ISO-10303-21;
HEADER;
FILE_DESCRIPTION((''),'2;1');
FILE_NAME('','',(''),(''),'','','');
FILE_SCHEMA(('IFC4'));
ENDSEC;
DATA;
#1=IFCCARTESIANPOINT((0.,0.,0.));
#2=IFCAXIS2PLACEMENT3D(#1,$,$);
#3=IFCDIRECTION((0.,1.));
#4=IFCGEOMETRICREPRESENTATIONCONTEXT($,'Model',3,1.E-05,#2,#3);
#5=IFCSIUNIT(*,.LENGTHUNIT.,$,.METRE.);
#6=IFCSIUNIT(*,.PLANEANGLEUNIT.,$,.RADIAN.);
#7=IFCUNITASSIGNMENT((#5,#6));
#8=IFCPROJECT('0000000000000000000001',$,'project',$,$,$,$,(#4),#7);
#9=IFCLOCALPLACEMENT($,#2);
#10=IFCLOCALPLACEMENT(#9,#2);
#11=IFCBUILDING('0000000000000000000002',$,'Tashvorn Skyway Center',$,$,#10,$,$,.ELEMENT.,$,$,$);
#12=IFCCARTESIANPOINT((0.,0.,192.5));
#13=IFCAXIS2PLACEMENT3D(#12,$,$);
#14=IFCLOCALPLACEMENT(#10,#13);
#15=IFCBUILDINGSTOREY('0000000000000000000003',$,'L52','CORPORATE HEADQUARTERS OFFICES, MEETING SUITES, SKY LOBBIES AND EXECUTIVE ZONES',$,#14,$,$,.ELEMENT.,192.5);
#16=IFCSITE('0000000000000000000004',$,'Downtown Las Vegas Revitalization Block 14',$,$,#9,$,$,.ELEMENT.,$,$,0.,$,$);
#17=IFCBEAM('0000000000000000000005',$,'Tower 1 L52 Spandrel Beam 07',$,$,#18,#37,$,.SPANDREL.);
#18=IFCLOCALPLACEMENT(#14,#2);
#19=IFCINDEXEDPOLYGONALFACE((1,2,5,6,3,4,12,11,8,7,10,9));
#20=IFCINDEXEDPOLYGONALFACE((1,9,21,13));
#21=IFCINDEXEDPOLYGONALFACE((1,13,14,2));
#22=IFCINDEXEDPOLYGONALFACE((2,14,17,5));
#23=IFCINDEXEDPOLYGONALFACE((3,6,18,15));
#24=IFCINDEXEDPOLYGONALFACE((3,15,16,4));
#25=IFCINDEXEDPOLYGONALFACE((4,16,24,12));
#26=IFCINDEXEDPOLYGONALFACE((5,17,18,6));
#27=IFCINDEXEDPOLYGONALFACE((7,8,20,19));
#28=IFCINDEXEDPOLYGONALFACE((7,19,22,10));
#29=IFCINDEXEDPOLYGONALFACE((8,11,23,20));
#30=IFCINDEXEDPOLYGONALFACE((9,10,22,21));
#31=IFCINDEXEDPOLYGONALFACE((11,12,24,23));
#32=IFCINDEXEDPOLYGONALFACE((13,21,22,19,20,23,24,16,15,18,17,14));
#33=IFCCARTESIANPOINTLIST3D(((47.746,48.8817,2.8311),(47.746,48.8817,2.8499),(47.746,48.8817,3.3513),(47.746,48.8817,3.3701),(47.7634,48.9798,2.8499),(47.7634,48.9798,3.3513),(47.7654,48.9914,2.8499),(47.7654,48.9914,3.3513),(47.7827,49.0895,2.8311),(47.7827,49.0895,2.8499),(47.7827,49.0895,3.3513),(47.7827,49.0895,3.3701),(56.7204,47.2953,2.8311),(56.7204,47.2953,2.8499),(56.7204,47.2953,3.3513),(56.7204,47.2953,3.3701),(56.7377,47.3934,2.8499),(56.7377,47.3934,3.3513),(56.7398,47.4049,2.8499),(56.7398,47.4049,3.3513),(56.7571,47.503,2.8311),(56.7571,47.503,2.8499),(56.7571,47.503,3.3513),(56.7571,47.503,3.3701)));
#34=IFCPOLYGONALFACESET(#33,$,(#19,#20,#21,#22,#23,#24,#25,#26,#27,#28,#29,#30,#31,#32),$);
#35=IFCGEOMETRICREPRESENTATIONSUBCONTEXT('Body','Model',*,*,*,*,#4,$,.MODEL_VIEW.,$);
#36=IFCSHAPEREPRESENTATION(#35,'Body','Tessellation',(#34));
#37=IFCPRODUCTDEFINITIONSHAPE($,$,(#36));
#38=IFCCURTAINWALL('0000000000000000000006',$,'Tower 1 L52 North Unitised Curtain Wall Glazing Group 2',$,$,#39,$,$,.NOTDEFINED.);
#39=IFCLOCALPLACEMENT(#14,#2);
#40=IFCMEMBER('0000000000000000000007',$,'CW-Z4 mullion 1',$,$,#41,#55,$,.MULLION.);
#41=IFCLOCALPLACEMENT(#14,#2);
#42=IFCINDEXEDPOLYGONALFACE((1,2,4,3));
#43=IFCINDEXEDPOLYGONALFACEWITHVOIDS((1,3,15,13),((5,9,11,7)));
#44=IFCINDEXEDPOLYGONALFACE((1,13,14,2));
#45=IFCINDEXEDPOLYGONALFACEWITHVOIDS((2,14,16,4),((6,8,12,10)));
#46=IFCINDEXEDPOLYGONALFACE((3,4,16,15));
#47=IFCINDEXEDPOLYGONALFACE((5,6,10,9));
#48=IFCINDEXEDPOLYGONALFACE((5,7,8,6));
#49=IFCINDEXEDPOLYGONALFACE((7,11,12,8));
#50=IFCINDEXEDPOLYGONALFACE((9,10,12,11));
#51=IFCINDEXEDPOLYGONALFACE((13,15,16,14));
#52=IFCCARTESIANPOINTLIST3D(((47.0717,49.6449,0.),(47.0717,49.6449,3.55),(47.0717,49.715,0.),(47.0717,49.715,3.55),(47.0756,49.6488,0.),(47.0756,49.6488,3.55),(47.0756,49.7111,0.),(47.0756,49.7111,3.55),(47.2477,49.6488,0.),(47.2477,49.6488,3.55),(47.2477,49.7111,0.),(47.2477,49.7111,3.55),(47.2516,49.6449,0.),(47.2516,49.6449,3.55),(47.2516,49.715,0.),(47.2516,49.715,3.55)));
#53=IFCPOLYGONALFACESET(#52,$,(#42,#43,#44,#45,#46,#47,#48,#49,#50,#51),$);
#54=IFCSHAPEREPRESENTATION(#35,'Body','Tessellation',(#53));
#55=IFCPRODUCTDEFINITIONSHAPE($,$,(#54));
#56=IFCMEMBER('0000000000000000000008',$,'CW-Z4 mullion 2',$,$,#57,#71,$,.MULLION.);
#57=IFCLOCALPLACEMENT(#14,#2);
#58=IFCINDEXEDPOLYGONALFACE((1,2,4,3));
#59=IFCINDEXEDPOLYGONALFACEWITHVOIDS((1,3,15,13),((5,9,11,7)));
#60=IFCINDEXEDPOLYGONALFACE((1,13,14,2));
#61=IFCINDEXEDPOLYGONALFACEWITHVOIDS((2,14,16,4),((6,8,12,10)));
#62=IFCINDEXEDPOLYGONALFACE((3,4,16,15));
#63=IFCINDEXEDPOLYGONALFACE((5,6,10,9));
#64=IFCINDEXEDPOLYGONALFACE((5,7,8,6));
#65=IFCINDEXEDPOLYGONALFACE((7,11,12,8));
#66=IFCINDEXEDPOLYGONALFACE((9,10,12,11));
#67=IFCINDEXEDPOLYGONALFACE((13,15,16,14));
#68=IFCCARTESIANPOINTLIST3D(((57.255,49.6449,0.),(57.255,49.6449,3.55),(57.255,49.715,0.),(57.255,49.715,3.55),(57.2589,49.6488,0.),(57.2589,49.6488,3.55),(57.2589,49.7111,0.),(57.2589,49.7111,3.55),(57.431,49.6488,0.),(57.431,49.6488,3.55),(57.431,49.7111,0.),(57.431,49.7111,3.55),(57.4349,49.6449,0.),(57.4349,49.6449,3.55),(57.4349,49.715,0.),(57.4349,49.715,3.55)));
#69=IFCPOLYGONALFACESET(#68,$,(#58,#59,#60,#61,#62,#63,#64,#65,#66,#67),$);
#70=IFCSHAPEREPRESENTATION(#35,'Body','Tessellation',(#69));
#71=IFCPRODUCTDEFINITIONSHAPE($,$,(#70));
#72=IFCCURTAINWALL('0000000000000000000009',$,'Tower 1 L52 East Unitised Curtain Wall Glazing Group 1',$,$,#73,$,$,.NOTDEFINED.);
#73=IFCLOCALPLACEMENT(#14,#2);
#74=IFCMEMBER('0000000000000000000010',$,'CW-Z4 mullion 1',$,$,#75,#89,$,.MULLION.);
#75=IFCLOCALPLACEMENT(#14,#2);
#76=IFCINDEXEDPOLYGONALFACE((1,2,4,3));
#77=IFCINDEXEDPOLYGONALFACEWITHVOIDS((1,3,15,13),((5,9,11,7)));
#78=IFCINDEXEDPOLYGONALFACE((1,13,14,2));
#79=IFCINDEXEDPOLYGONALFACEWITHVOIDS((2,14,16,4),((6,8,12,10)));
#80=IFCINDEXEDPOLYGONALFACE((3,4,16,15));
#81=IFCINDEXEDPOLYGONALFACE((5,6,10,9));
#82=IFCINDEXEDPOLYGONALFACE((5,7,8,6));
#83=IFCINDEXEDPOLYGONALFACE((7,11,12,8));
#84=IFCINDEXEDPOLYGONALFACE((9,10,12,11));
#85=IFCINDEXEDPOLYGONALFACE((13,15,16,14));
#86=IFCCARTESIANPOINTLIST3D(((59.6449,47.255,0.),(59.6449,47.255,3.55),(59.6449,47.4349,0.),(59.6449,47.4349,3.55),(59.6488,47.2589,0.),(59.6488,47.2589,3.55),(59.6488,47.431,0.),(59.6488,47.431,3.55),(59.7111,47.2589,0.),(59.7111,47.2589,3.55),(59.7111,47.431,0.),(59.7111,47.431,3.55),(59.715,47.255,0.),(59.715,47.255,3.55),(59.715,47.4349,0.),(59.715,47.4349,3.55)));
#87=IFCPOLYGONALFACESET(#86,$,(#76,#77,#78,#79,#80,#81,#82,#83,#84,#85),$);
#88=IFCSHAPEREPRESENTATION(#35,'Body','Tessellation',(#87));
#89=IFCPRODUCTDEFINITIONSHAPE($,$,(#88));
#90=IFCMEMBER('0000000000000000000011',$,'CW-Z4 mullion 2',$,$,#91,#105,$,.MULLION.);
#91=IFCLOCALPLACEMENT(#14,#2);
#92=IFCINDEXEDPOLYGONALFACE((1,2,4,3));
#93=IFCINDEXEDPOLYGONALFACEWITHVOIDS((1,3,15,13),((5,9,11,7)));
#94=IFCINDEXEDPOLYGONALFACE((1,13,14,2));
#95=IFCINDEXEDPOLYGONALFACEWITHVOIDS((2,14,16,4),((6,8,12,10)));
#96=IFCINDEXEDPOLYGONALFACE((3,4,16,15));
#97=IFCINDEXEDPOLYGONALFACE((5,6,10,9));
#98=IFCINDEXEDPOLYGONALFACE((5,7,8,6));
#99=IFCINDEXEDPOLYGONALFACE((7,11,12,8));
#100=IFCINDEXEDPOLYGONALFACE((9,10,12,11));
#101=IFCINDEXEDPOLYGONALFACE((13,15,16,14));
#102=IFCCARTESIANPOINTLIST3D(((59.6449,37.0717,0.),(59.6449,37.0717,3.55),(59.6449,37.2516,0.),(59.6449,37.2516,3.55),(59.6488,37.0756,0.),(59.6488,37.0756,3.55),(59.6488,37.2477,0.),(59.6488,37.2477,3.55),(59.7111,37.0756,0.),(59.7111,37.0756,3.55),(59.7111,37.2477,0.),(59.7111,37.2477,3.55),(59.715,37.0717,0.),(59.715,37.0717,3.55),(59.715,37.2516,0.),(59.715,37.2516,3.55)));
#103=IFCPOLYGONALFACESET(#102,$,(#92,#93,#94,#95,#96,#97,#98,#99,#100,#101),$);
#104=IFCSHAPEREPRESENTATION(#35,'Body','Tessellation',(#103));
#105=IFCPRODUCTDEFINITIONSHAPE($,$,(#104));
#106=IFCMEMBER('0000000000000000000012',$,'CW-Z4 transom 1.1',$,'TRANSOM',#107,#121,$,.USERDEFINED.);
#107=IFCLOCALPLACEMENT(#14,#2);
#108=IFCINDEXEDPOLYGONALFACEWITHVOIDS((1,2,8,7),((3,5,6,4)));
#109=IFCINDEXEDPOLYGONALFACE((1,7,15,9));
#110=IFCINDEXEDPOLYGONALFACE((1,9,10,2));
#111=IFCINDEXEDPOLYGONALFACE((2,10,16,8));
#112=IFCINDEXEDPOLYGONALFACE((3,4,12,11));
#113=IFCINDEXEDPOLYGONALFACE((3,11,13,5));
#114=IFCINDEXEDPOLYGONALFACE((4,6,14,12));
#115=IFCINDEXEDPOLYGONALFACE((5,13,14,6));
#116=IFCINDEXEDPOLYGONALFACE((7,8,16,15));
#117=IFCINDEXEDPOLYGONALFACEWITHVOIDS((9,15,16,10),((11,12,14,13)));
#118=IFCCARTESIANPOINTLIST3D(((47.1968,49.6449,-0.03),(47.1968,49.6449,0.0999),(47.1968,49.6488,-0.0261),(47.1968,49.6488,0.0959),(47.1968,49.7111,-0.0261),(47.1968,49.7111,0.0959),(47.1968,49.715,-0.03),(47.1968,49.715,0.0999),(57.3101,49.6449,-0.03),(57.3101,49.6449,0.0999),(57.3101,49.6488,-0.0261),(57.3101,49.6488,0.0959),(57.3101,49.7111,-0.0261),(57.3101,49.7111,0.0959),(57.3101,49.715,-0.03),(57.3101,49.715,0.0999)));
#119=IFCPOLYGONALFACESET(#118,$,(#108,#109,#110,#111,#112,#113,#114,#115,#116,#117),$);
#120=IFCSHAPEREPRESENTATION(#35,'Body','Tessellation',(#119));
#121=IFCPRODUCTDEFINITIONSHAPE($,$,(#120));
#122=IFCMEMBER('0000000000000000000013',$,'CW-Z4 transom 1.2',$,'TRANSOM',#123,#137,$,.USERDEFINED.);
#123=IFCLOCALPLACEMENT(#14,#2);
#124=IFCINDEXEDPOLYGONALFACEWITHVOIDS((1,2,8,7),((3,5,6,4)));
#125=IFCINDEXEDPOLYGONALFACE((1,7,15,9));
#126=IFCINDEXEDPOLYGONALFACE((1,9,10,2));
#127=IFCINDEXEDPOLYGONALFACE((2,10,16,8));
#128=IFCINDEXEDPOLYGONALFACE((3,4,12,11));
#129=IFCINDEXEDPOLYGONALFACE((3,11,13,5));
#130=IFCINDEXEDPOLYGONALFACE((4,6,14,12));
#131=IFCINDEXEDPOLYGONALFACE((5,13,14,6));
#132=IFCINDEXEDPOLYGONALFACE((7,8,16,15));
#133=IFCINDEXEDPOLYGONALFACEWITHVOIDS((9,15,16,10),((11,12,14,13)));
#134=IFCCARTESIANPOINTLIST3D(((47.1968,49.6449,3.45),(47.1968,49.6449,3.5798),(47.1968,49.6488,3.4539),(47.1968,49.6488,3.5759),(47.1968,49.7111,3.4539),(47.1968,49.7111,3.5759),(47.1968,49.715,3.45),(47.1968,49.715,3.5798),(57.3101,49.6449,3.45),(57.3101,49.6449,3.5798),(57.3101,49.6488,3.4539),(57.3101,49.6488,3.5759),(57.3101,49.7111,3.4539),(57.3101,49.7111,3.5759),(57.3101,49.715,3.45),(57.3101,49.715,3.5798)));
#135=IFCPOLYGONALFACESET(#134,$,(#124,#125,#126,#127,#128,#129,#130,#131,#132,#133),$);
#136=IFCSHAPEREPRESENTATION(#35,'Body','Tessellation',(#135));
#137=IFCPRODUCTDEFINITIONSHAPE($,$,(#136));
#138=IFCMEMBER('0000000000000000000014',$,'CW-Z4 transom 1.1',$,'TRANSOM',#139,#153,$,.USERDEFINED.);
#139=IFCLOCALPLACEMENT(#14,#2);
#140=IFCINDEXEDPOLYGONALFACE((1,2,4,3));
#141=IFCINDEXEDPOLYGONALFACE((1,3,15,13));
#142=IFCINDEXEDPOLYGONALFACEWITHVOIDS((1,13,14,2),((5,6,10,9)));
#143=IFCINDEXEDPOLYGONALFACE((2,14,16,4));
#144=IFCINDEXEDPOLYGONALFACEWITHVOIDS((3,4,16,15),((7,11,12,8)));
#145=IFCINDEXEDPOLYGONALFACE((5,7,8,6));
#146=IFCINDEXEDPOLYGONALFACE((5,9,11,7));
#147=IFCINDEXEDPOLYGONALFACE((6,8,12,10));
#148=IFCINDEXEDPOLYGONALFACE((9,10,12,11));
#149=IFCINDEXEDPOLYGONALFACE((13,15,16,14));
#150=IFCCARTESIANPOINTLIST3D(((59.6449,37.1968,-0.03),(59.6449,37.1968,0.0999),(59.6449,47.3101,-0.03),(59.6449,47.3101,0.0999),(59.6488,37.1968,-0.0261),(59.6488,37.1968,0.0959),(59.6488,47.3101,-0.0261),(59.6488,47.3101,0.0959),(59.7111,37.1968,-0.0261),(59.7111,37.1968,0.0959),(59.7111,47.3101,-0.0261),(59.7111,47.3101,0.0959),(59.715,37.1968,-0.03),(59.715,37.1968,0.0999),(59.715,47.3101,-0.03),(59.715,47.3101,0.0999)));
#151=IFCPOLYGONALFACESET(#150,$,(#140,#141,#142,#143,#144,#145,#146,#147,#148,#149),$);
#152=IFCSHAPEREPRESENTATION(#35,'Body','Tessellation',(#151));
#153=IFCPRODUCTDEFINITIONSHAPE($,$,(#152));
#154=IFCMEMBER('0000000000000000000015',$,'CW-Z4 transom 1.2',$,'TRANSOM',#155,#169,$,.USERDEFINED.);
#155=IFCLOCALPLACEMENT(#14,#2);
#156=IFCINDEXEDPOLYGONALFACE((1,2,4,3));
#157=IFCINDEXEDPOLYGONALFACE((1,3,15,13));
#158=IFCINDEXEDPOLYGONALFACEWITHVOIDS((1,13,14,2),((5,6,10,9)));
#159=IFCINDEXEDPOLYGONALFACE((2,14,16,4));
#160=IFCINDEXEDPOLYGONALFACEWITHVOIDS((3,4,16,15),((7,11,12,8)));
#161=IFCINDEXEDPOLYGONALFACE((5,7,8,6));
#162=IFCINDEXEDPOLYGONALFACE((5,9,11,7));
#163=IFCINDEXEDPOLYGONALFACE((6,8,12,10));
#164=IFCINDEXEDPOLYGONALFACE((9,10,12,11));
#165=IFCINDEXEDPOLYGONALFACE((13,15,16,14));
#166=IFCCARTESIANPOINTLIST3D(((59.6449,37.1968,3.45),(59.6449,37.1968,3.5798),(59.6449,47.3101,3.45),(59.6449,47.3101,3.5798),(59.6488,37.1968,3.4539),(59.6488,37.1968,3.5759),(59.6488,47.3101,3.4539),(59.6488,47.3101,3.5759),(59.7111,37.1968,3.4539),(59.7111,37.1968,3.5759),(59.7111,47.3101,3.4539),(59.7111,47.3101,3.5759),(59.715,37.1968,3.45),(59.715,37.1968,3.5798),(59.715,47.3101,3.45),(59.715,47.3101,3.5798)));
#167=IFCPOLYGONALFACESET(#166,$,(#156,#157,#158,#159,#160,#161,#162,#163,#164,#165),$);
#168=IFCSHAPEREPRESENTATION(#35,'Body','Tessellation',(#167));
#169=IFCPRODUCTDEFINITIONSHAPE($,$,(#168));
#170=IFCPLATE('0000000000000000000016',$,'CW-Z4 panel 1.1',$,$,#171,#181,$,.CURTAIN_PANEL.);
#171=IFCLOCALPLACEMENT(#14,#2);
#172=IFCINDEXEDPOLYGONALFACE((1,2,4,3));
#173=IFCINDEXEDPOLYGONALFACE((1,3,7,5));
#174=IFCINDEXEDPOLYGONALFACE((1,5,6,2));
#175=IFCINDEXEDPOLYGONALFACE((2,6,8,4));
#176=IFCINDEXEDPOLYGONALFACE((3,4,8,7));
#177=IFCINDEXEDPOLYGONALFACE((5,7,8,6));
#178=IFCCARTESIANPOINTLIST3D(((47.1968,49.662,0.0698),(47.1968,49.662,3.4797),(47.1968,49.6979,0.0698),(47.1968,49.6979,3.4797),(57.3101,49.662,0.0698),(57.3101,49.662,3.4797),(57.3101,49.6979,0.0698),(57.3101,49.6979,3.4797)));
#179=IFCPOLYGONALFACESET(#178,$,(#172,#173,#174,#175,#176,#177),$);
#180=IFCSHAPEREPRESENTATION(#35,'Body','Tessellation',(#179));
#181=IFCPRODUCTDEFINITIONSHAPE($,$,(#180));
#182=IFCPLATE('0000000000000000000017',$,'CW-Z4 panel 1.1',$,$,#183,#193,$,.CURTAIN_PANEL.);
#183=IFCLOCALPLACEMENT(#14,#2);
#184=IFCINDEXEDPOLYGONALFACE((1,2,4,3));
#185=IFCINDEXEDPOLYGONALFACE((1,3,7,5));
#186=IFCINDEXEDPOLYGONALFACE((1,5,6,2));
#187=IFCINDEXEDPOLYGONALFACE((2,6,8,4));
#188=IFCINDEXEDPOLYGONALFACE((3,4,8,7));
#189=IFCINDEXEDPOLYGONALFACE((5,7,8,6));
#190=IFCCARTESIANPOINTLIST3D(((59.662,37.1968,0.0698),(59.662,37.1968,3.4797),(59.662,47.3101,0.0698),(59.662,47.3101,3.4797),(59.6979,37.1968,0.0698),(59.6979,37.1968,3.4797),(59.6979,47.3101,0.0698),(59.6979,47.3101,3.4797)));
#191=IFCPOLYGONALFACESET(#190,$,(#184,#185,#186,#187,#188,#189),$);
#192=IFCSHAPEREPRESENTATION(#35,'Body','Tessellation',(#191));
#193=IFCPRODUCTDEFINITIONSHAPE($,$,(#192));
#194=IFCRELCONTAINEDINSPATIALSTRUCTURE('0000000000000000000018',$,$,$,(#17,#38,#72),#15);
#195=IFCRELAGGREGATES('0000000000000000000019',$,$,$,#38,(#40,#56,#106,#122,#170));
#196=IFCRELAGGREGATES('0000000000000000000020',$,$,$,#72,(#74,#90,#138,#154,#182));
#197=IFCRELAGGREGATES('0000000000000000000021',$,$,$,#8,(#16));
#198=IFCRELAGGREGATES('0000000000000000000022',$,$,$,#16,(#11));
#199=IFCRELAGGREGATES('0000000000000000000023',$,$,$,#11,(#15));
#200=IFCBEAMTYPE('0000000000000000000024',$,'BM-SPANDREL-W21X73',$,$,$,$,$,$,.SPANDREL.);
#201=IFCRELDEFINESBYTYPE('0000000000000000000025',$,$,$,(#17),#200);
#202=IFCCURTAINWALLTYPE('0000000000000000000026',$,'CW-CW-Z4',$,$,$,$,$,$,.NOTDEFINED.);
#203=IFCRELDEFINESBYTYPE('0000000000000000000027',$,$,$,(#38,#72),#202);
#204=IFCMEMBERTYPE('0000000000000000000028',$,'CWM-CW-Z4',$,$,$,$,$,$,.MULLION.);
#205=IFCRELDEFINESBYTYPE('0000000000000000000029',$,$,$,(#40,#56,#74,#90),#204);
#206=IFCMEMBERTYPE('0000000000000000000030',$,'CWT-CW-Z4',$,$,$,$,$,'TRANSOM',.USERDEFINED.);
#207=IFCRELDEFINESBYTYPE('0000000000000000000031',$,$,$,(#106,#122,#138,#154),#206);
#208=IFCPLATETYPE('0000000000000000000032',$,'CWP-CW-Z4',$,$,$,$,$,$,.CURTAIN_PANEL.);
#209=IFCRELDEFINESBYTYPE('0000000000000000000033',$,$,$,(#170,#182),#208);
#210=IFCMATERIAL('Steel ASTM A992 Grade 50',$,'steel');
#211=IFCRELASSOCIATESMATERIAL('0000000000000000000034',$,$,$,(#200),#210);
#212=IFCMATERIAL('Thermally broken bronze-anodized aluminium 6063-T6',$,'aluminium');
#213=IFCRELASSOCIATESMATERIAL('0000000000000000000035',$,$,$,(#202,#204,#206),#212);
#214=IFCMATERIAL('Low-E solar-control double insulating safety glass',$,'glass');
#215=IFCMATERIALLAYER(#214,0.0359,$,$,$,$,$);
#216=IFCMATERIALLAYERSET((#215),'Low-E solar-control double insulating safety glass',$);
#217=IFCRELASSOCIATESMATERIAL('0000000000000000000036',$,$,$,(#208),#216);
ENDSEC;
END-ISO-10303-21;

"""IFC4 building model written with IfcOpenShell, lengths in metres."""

from ifc_helpers import new_model, si_unit, direction, frame, origin, origin_2d, place, context, subcontext, project, spatial, rectangle, hollow_rectangle, i_section, extrude, material, layer, layer_set, material_profile, profile_set, type_object, element, aggregate, save


model = new_model("IFC4")

# Units and contexts
model_context = context("Model", 3, precision=1e-05, world=origin(), true_north=direction((0.0, 1.0)))
body_context = subcontext(model_context, "Body", "Model", "MODEL_VIEW")
ifc_project = project(units=[si_unit("LENGTHUNIT", "METRE"), si_unit("PLANEANGLEUNIT", "RADIAN")], contexts=[model_context])

# Site, building, storey
site_placement = place(None, origin())
site = spatial("IfcSite", under=ifc_project, at=site_placement, Name="Downtown Las Vegas Revitalization Block 14", CompositionType="ELEMENT", RefElevation=0.0)
building_placement = place(site_placement, origin())
building = spatial("IfcBuilding", under=site, at=building_placement, Name="Tashvorn Skyway Center", CompositionType="ELEMENT")
storey_placement = place(building_placement, frame((0.0, 0.0, 192.5)))
storey = spatial("IfcBuildingStorey", under=building, at=storey_placement, Name="L52", Description="CORPORATE HEADQUARTERS OFFICES, MEETING SUITES, SKY LOBBIES AND EXECUTIVE ZONES", CompositionType="ELEMENT", Elevation=192.5)

# Beam
ifc_material_1 = material(Name="Steel ASTM A992 Grade 50", Category="steel")
ifc_material_profile_1 = material_profile(ifc_material_1, i_section(OverallWidth=0.2109, OverallDepth=0.5391, WebThickness=0.0117, FlangeThickness=0.0188, at=origin_2d()), Name="W21X73")
ifc_profile_set_1 = profile_set([ifc_material_profile_1], Name="Steel ASTM A992 Grade 50")
beam_type_1 = type_object("IfcBeamType", Name="BM-SPANDREL-W21X73", PredefinedType="SPANDREL", material=ifc_profile_set_1)
for number, where, z_axis, x_axis, name in (
    (1, (56.7388, 47.3992, 3.1006), (-0.984733, 0.174074, 0.0), (-0.174074, -0.984733, 0.0), "Tower 1 L52 Spandrel Beam 07"),
):
    element("IfcBeam", number, at=place(storey_placement, frame(where, z_axis=z_axis, x_axis=x_axis)), inside=storey, type_object=beam_type_1, Name=name, PredefinedType="SPANDREL", context=body_context, shape_type="SweptSolid", body=[
        extrude(i_section(OverallWidth=0.2109, OverallDepth=0.5391, WebThickness=0.0117, FlangeThickness=0.0188, at=origin_2d()), origin(), (0.0, 0.0, 1.0), 9.1135),
    ])

# Curtain walls, members
ifc_material_2 = material(Name="Thermally broken bronze-anodized aluminium 6063-T6", Category="aluminium")
curtain_wall_type = type_object("IfcCurtainWallType", Name="CW-CW-Z4", PredefinedType="NOTDEFINED", material=ifc_material_2)
curtain_wall_1_placement = place(storey_placement, origin())
curtain_wall_1 = element("IfcCurtainWall", 2, at=curtain_wall_1_placement, inside=storey, type_object=curtain_wall_type, Name="Tower 1 L52 North Unitised Curtain Wall Glazing Group 2", PredefinedType="NOTDEFINED")
ifc_material_profile_2 = material_profile(ifc_material_2, hollow_rectangle(XDim=0.0701, YDim=0.1799, WallThickness=0.0039, at=origin_2d()), Name="ALU-MULL-70x180")
ifc_profile_set_2 = profile_set([ifc_material_profile_2], Name="Thermally broken bronze-anodized aluminium 6063-T6")
member_type_1 = type_object("IfcMemberType", Name="CWM-CW-Z4", PredefinedType="MULLION", material=ifc_profile_set_2)
member_1_placement = place(storey_placement, frame((47.1616, 49.6799, 0.0), z_axis=(0.0, 0.0, 1.0), x_axis=(0.0, 1.0, 0.0)))
member_1 = element("IfcMember", 3, at=member_1_placement, type_object=member_type_1, Name="CW-Z4 mullion 1", PredefinedType="MULLION", context=body_context, shape_type="SweptSolid", body=[
    extrude(hollow_rectangle(XDim=0.0701, YDim=0.1799, WallThickness=0.0039, at=origin_2d()), origin(), (0.0, 0.0, 1.0), 3.55),
])
member_2_placement = place(storey_placement, frame((57.345, 49.6799, 0.0), z_axis=(0.0, 0.0, 1.0), x_axis=(0.0, 1.0, 0.0)))
member_2 = element("IfcMember", 4, at=member_2_placement, type_object=member_type_1, Name="CW-Z4 mullion 2", PredefinedType="MULLION", context=body_context, shape_type="SweptSolid", body=[
    extrude(hollow_rectangle(XDim=0.0701, YDim=0.1799, WallThickness=0.0039, at=origin_2d()), origin(), (0.0, 0.0, 1.0), 3.55),
])
curtain_wall_2_placement = place(storey_placement, origin())
curtain_wall_2 = element("IfcCurtainWall", 5, at=curtain_wall_2_placement, inside=storey, type_object=curtain_wall_type, Name="Tower 1 L52 East Unitised Curtain Wall Glazing Group 1", PredefinedType="NOTDEFINED")
member_3_placement = place(storey_placement, frame((59.6799, 47.345, 0.0), z_axis=(0.0, 0.0, 1.0), x_axis=(1.0, 0.0, 0.0)))
member_3 = element("IfcMember", 6, at=member_3_placement, type_object=member_type_1, Name="CW-Z4 mullion 1", PredefinedType="MULLION", context=body_context, shape_type="SweptSolid", body=[
    extrude(hollow_rectangle(XDim=0.0701, YDim=0.1799, WallThickness=0.0039, at=origin_2d()), origin(), (0.0, 0.0, 1.0), 3.55),
])
member_4_placement = place(storey_placement, frame((59.6799, 37.1616, 0.0), z_axis=(0.0, 0.0, 1.0), x_axis=(1.0, 0.0, 0.0)))
member_4 = element("IfcMember", 7, at=member_4_placement, type_object=member_type_1, Name="CW-Z4 mullion 2", PredefinedType="MULLION", context=body_context, shape_type="SweptSolid", body=[
    extrude(hollow_rectangle(XDim=0.0701, YDim=0.1799, WallThickness=0.0039, at=origin_2d()), origin(), (0.0, 0.0, 1.0), 3.55),
])

# Members
ifc_material_profile_3 = material_profile(ifc_material_2, hollow_rectangle(XDim=0.0701, YDim=0.1299, WallThickness=0.0039, at=origin_2d()), Name="ALU-TRAN-70x130")
ifc_profile_set_3 = profile_set([ifc_material_profile_3], Name="Thermally broken bronze-anodized aluminium 6063-T6")
member_type_2 = type_object("IfcMemberType", Name="CWT-CW-Z4", ElementType="TRANSOM", PredefinedType="USERDEFINED", material=ifc_profile_set_3)
member_5_placement = place(storey_placement, frame((47.1968, 49.6799, 0.0349), z_axis=(1.0, 0.0, 0.0), x_axis=(0.0, 1.0, 0.0)))
member_5 = element("IfcMember", 8, at=member_5_placement, type_object=member_type_2, Name="CW-Z4 transom 1.1", ObjectType="TRANSOM", PredefinedType="USERDEFINED", context=body_context, shape_type="SweptSolid", body=[
    extrude(hollow_rectangle(XDim=0.0701, YDim=0.1299, WallThickness=0.0039, at=origin_2d()), origin(), (0.0, 0.0, 1.0), 10.1133),
])
member_6_placement = place(storey_placement, frame((47.1968, 49.6799, 3.5149), z_axis=(1.0, 0.0, 0.0), x_axis=(0.0, 1.0, 0.0)))
member_6 = element("IfcMember", 9, at=member_6_placement, type_object=member_type_2, Name="CW-Z4 transom 1.2", ObjectType="TRANSOM", PredefinedType="USERDEFINED", context=body_context, shape_type="SweptSolid", body=[
    extrude(hollow_rectangle(XDim=0.0701, YDim=0.1299, WallThickness=0.0039, at=origin_2d()), origin(), (0.0, 0.0, 1.0), 10.1133),
])
member_7_placement = place(storey_placement, frame((59.6799, 47.3101, 0.0349), z_axis=(0.0, -1.0, 0.0), x_axis=(1.0, 0.0, 0.0)))
member_7 = element("IfcMember", 10, at=member_7_placement, type_object=member_type_2, Name="CW-Z4 transom 1.1", ObjectType="TRANSOM", PredefinedType="USERDEFINED", context=body_context, shape_type="SweptSolid", body=[
    extrude(hollow_rectangle(XDim=0.0701, YDim=0.1299, WallThickness=0.0039, at=origin_2d()), origin(), (0.0, 0.0, 1.0), 10.1133),
])
member_8_placement = place(storey_placement, frame((59.6799, 47.3101, 3.5149), z_axis=(0.0, -1.0, 0.0), x_axis=(1.0, 0.0, 0.0)))
member_8 = element("IfcMember", 11, at=member_8_placement, type_object=member_type_2, Name="CW-Z4 transom 1.2", ObjectType="TRANSOM", PredefinedType="USERDEFINED", context=body_context, shape_type="SweptSolid", body=[
    extrude(hollow_rectangle(XDim=0.0701, YDim=0.1299, WallThickness=0.0039, at=origin_2d()), origin(), (0.0, 0.0, 1.0), 10.1133),
])

# Plates
ifc_material_3 = material(Name="Low-E solar-control double insulating safety glass", Category="glass")
ifc_layer_1 = layer(ifc_material_3, 0.0359)
ifc_layer_set_1 = layer_set([ifc_layer_1], Name="Low-E solar-control double insulating safety glass")
plate_type = type_object("IfcPlateType", Name="CWP-CW-Z4", PredefinedType="CURTAIN_PANEL", material=ifc_layer_set_1)
plate_1_placement = place(storey_placement, frame((52.2534, 49.6799, 0.0698), z_axis=(0.0, 0.0, 1.0), x_axis=(1.0, 0.0, 0.0)))
plate_1 = element("IfcPlate", 12, at=plate_1_placement, type_object=plate_type, Name="CW-Z4 panel 1.1", PredefinedType="CURTAIN_PANEL", context=body_context, shape_type="SweptSolid", body=[
    extrude(rectangle(XDim=10.1133, YDim=0.0359, at=origin_2d()), origin(), (0.0, 0.0, 1.0), 3.4099),
])
aggregate(curtain_wall_1, [member_1, member_2, member_5, member_6, plate_1])
plate_2_placement = place(storey_placement, frame((59.6799, 42.2534, 0.0698), z_axis=(0.0, 0.0, 1.0), x_axis=(0.0, -1.0, 0.0)))
plate_2 = element("IfcPlate", 13, at=plate_2_placement, type_object=plate_type, Name="CW-Z4 panel 1.1", PredefinedType="CURTAIN_PANEL", context=body_context, shape_type="SweptSolid", body=[
    extrude(rectangle(XDim=10.1133, YDim=0.0359, at=origin_2d()), origin(), (0.0, 0.0, 1.0), 3.4099),
])
aggregate(curtain_wall_2, [member_3, member_4, member_7, member_8, plate_2])

save(model, "model.ifc")
